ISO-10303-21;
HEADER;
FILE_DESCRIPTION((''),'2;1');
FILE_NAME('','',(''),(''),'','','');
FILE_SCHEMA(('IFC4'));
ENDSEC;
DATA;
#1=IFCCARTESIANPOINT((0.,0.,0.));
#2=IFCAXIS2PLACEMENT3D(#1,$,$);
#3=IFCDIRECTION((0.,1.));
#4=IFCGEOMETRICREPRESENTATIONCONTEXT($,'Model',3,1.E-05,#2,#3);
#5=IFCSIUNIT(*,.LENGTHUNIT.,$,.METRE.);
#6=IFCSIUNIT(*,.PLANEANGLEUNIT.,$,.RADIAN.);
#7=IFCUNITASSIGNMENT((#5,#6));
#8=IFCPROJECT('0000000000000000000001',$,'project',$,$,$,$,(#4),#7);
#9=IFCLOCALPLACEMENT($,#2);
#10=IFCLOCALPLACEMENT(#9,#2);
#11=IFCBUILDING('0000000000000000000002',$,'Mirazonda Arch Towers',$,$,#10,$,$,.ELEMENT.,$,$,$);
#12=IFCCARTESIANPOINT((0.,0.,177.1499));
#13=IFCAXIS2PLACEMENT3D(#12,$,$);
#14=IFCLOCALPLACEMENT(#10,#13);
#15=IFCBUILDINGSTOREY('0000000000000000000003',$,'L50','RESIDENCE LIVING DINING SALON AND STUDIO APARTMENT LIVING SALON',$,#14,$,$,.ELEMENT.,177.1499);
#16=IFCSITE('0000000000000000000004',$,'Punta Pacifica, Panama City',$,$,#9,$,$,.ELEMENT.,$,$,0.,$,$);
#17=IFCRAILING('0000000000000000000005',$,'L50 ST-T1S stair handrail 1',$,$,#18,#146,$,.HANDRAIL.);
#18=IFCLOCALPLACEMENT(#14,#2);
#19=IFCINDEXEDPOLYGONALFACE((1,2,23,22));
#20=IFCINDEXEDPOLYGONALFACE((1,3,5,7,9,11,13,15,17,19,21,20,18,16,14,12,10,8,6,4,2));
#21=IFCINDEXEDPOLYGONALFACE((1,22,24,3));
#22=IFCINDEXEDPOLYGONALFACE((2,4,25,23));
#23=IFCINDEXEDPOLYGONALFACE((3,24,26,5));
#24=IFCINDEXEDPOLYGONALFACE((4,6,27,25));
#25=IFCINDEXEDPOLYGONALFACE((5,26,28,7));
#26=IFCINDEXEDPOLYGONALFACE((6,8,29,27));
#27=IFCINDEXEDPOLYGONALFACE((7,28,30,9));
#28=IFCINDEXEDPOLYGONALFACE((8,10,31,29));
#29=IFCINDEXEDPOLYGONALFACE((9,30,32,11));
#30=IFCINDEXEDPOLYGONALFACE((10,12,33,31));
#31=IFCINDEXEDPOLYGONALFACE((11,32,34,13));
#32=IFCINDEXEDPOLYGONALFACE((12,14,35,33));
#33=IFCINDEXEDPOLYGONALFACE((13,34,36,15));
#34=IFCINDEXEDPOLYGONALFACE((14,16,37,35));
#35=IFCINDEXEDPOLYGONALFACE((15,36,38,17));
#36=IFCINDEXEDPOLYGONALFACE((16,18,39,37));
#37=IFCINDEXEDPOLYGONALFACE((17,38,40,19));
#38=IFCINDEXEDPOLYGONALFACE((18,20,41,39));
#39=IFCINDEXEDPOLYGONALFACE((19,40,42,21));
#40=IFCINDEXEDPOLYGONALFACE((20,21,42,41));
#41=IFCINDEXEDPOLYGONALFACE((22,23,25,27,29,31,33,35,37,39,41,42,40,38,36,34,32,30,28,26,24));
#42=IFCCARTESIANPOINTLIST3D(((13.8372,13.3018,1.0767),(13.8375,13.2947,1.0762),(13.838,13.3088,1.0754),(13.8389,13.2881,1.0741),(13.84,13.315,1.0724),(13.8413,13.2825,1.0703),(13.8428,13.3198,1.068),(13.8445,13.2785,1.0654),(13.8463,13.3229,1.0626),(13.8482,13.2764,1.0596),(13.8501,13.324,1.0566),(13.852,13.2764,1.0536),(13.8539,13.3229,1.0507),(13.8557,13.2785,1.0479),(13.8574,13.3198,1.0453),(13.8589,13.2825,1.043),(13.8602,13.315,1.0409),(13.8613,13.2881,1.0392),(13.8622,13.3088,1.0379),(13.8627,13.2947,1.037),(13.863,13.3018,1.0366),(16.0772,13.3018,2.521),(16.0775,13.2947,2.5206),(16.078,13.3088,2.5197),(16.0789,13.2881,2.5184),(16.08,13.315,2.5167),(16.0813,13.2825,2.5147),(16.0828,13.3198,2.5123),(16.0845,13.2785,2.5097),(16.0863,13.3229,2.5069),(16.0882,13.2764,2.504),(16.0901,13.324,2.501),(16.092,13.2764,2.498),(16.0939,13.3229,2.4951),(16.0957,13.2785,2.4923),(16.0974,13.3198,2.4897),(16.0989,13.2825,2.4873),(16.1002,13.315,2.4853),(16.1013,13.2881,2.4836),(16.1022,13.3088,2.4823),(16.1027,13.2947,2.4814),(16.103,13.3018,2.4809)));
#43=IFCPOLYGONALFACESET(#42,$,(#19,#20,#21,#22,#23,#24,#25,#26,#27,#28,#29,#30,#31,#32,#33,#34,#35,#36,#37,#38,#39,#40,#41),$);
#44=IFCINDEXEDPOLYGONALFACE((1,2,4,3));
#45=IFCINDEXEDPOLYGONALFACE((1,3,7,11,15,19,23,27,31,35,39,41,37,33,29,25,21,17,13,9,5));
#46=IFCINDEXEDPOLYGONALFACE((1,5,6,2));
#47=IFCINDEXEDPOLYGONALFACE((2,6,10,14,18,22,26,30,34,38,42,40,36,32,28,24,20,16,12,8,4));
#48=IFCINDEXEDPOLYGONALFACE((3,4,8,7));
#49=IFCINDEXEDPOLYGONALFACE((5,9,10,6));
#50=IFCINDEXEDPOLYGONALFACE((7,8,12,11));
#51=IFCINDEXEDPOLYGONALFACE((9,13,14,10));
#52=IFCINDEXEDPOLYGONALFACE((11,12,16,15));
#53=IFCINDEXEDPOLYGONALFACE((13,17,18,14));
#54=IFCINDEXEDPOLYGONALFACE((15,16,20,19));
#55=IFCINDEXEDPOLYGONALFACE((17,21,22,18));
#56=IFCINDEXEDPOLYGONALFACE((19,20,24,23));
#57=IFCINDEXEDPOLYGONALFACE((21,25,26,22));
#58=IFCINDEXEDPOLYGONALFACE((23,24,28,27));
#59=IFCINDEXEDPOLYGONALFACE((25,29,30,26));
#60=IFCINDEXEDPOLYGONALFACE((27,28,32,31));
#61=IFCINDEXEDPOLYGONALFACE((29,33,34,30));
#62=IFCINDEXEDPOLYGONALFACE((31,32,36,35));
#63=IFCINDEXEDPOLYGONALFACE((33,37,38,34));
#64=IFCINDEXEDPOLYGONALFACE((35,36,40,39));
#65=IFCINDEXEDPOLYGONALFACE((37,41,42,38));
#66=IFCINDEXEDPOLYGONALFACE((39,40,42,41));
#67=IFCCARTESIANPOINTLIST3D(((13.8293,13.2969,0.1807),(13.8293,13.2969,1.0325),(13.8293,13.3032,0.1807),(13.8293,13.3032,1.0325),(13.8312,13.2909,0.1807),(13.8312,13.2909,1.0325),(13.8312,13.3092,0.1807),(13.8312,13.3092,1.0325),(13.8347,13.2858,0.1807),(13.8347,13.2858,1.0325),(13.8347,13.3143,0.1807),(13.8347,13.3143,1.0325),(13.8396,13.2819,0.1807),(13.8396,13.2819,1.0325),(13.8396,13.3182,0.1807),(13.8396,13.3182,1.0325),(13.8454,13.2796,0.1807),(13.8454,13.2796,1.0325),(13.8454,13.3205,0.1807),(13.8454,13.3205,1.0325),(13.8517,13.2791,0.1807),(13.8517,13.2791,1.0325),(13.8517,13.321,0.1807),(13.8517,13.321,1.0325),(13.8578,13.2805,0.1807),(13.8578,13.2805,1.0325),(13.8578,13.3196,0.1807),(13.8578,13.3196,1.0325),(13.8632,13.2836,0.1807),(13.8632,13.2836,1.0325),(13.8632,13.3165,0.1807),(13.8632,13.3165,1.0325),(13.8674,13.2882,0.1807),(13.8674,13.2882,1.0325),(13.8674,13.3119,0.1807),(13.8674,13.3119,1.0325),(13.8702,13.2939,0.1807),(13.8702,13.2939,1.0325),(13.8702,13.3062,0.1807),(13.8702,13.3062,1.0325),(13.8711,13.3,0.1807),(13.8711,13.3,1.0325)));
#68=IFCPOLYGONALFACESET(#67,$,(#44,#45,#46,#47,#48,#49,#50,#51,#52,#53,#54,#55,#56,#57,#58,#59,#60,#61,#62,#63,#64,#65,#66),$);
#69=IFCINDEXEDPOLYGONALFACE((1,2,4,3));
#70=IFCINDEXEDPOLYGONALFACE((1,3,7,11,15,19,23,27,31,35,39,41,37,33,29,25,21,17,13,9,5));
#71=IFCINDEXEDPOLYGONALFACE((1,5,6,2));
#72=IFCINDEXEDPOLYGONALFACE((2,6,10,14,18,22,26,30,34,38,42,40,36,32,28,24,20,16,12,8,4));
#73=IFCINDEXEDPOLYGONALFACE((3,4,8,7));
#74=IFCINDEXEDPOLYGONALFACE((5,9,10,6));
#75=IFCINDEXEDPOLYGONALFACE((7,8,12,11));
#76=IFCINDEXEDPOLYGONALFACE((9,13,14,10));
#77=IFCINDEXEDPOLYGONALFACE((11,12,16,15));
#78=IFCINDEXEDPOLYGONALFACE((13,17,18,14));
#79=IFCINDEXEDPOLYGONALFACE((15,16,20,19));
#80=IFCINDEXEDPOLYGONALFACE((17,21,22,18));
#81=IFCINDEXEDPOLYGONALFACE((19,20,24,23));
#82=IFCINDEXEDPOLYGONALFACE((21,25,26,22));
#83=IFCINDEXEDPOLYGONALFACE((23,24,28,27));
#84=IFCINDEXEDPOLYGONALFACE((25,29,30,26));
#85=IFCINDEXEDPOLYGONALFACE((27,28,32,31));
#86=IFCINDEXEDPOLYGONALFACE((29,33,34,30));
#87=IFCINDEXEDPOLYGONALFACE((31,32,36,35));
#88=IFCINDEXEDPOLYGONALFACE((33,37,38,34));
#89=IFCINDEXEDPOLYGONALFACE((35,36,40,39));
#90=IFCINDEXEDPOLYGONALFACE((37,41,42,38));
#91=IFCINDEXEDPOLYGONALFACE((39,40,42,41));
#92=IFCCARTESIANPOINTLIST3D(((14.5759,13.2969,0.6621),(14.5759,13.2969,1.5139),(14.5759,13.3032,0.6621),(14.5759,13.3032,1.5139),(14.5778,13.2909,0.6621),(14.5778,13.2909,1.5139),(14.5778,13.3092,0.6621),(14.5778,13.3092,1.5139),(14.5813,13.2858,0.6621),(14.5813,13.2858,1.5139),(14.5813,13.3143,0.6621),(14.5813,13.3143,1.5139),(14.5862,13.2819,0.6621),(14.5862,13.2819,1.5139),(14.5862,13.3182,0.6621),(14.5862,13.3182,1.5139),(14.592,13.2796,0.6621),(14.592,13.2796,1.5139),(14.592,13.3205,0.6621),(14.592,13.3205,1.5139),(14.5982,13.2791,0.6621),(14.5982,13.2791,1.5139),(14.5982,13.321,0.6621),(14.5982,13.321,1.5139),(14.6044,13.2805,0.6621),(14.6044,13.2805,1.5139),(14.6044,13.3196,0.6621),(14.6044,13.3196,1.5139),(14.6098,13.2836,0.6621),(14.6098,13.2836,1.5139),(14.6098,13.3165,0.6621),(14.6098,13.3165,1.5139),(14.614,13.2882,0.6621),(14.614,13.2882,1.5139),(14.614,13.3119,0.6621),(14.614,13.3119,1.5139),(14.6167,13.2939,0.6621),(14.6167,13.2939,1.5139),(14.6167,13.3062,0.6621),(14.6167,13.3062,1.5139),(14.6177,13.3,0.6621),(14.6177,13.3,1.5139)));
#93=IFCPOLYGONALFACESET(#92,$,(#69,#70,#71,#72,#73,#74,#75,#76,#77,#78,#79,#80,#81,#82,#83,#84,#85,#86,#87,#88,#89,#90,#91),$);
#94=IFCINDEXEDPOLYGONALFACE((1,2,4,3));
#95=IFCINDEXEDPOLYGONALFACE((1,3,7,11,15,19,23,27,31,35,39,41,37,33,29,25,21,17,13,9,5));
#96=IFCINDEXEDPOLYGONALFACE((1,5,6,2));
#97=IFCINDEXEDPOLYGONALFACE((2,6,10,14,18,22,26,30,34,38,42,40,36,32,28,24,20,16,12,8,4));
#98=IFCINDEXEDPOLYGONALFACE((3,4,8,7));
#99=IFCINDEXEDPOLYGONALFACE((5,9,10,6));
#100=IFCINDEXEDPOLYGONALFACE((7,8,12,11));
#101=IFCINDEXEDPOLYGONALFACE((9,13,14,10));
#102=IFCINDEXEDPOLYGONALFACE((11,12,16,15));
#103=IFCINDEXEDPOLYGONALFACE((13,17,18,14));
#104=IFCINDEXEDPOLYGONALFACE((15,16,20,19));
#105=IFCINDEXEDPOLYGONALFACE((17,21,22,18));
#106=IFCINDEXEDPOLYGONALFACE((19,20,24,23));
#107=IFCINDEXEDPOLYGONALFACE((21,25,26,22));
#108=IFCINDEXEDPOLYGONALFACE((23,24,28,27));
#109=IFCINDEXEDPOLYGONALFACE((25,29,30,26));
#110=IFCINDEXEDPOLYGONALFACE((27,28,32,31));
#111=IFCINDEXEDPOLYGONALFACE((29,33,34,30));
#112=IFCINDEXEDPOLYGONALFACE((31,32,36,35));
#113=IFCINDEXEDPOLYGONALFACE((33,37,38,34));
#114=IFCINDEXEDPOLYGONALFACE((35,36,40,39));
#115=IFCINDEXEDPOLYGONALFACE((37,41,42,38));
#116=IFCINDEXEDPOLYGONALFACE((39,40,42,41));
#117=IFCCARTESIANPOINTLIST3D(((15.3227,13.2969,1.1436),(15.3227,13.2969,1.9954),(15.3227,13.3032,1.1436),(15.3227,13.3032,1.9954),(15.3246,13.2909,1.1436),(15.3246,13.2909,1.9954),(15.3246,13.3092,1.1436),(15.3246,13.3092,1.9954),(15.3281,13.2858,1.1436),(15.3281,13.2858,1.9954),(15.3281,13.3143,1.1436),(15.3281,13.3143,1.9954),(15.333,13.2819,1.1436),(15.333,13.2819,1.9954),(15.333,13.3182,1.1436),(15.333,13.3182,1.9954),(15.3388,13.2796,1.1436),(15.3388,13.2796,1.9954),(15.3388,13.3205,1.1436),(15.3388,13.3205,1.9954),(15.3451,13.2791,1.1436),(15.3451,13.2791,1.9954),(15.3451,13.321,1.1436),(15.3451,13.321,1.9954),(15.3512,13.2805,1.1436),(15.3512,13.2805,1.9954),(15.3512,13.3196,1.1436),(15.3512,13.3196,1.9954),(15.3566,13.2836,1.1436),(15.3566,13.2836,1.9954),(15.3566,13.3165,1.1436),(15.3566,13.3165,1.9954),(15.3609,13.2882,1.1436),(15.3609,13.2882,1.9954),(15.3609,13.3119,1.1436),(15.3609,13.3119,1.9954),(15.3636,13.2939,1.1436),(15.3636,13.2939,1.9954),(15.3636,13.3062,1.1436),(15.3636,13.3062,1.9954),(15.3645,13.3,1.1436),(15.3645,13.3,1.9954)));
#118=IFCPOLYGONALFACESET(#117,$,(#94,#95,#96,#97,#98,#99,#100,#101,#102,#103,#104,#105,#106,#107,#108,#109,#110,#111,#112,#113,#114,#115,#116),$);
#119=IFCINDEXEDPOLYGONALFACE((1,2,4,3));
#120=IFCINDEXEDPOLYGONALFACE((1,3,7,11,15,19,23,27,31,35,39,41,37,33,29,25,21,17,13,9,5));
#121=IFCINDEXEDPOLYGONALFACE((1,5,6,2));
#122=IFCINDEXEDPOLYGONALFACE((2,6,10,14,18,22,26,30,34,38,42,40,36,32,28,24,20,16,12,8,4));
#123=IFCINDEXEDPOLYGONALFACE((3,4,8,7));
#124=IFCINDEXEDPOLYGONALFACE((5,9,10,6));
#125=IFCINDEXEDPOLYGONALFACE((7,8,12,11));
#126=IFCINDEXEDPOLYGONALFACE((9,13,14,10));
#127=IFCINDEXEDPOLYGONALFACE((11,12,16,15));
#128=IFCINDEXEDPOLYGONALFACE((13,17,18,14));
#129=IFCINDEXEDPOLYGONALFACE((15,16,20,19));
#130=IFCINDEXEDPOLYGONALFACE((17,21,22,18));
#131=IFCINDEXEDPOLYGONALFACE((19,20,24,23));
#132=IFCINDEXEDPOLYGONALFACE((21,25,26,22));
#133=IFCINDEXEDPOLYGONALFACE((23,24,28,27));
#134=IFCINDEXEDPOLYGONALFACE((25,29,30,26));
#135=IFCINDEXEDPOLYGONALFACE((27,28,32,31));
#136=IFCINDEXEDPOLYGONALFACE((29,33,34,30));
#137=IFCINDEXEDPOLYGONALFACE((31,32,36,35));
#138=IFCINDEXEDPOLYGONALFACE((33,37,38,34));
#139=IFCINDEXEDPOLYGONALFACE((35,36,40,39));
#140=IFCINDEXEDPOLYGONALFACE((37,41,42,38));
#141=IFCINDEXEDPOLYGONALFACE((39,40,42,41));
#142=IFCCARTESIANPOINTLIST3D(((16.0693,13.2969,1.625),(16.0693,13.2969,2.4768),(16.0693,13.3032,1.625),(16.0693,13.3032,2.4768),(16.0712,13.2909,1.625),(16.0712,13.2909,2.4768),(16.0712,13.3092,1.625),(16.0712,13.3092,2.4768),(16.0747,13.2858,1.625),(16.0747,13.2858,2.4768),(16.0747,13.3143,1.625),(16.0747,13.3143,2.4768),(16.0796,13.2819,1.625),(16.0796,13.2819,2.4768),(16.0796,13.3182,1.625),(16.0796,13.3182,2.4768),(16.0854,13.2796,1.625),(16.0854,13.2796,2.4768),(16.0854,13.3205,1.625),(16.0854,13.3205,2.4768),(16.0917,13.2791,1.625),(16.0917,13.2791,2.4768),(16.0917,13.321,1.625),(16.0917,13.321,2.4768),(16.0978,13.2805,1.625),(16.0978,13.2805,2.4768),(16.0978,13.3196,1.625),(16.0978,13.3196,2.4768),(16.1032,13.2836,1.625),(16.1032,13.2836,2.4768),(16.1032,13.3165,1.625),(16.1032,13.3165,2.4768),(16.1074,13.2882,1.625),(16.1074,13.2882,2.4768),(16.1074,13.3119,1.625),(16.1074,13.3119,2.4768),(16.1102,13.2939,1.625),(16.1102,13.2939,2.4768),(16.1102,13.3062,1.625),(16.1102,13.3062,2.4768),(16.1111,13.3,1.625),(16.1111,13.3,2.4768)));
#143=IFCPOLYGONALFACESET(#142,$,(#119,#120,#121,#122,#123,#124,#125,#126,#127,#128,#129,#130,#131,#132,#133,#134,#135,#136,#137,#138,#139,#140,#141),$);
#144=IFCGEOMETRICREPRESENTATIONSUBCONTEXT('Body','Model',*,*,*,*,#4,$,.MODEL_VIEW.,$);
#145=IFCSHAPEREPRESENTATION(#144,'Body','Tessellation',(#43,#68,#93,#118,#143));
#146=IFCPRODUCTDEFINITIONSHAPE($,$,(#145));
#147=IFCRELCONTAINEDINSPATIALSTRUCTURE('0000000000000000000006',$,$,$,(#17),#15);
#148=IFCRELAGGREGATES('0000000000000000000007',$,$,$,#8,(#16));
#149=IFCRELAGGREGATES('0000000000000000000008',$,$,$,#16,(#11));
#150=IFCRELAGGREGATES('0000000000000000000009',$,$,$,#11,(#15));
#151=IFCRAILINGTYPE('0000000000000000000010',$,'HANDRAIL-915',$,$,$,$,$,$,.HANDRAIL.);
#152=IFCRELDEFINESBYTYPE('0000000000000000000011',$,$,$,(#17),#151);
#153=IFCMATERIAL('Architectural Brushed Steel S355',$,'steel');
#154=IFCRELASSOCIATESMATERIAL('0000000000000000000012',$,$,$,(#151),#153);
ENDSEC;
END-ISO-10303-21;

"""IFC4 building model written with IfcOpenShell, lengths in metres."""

from ifc_helpers import new_model, si_unit, direction, frame, origin, origin_2d, place, context, subcontext, project, spatial, circle, extrude, material, type_object, element, save


model = new_model("IFC4")

# Units and contexts
model_context = context("Model", 3, precision=1e-05, world=origin(), true_north=direction((0.0, 1.0)))
body_context = subcontext(model_context, "Body", "Model", "MODEL_VIEW")
ifc_project = project(units=[si_unit("LENGTHUNIT", "METRE"), si_unit("PLANEANGLEUNIT", "RADIAN")], contexts=[model_context])

# Site, building, storey
site_placement = place(None, origin())
site = spatial("IfcSite", under=ifc_project, at=site_placement, Name="Punta Pacifica, Panama City", CompositionType="ELEMENT", RefElevation=0.0)
building_placement = place(site_placement, origin())
building = spatial("IfcBuilding", under=site, at=building_placement, Name="Mirazonda Arch Towers", CompositionType="ELEMENT")
storey_placement = place(building_placement, frame((0.0, 0.0, 177.1499)))
storey = spatial("IfcBuildingStorey", under=building, at=storey_placement, Name="L50", Description="RESIDENCE LIVING DINING SALON AND STUDIO APARTMENT LIVING SALON", CompositionType="ELEMENT", Elevation=177.1499)

# Shared definitions
ifc_material_1 = material(Name="Architectural Brushed Steel S355", Category="steel")

# Railing
railing_type_1 = type_object("IfcRailingType", Name="HANDRAIL-915", PredefinedType="HANDRAIL", material=ifc_material_1)
railing_1_placement = place(storey_placement, frame((13.8501, 13.3, 0.1807)))
element("IfcRailing", 1, at=railing_1_placement, inside=storey, type_object=railing_type_1, Name="L50 ST-T1S stair handrail 1", PredefinedType="HANDRAIL", context=body_context, shape_type="SweptSolid", body=[
    extrude(circle(Radius=0.0239, at=origin_2d()), frame((0.0, 0.0, 0.876), z_axis=(0.840437, 0.0, 0.54191), x_axis=(0.0, 1.0, 0.0)), (0.0, 0.0, 1.0), 2.6653),
    extrude(circle(Radius=0.021, at=origin_2d()), origin(), (0.0, 0.0, 1.0), 0.8518),
    extrude(circle(Radius=0.021, at=origin_2d()), frame((0.7466, 0.0, 0.4814)), (0.0, 0.0, 1.0), 0.8518),
    extrude(circle(Radius=0.021, at=origin_2d()), frame((1.4934, 0.0, 0.9629)), (0.0, 0.0, 1.0), 0.8518),
    extrude(circle(Radius=0.021, at=origin_2d()), frame((2.24, 0.0, 1.4443)), (0.0, 0.0, 1.0), 0.8518),
])

save(model, "model.ifc")
